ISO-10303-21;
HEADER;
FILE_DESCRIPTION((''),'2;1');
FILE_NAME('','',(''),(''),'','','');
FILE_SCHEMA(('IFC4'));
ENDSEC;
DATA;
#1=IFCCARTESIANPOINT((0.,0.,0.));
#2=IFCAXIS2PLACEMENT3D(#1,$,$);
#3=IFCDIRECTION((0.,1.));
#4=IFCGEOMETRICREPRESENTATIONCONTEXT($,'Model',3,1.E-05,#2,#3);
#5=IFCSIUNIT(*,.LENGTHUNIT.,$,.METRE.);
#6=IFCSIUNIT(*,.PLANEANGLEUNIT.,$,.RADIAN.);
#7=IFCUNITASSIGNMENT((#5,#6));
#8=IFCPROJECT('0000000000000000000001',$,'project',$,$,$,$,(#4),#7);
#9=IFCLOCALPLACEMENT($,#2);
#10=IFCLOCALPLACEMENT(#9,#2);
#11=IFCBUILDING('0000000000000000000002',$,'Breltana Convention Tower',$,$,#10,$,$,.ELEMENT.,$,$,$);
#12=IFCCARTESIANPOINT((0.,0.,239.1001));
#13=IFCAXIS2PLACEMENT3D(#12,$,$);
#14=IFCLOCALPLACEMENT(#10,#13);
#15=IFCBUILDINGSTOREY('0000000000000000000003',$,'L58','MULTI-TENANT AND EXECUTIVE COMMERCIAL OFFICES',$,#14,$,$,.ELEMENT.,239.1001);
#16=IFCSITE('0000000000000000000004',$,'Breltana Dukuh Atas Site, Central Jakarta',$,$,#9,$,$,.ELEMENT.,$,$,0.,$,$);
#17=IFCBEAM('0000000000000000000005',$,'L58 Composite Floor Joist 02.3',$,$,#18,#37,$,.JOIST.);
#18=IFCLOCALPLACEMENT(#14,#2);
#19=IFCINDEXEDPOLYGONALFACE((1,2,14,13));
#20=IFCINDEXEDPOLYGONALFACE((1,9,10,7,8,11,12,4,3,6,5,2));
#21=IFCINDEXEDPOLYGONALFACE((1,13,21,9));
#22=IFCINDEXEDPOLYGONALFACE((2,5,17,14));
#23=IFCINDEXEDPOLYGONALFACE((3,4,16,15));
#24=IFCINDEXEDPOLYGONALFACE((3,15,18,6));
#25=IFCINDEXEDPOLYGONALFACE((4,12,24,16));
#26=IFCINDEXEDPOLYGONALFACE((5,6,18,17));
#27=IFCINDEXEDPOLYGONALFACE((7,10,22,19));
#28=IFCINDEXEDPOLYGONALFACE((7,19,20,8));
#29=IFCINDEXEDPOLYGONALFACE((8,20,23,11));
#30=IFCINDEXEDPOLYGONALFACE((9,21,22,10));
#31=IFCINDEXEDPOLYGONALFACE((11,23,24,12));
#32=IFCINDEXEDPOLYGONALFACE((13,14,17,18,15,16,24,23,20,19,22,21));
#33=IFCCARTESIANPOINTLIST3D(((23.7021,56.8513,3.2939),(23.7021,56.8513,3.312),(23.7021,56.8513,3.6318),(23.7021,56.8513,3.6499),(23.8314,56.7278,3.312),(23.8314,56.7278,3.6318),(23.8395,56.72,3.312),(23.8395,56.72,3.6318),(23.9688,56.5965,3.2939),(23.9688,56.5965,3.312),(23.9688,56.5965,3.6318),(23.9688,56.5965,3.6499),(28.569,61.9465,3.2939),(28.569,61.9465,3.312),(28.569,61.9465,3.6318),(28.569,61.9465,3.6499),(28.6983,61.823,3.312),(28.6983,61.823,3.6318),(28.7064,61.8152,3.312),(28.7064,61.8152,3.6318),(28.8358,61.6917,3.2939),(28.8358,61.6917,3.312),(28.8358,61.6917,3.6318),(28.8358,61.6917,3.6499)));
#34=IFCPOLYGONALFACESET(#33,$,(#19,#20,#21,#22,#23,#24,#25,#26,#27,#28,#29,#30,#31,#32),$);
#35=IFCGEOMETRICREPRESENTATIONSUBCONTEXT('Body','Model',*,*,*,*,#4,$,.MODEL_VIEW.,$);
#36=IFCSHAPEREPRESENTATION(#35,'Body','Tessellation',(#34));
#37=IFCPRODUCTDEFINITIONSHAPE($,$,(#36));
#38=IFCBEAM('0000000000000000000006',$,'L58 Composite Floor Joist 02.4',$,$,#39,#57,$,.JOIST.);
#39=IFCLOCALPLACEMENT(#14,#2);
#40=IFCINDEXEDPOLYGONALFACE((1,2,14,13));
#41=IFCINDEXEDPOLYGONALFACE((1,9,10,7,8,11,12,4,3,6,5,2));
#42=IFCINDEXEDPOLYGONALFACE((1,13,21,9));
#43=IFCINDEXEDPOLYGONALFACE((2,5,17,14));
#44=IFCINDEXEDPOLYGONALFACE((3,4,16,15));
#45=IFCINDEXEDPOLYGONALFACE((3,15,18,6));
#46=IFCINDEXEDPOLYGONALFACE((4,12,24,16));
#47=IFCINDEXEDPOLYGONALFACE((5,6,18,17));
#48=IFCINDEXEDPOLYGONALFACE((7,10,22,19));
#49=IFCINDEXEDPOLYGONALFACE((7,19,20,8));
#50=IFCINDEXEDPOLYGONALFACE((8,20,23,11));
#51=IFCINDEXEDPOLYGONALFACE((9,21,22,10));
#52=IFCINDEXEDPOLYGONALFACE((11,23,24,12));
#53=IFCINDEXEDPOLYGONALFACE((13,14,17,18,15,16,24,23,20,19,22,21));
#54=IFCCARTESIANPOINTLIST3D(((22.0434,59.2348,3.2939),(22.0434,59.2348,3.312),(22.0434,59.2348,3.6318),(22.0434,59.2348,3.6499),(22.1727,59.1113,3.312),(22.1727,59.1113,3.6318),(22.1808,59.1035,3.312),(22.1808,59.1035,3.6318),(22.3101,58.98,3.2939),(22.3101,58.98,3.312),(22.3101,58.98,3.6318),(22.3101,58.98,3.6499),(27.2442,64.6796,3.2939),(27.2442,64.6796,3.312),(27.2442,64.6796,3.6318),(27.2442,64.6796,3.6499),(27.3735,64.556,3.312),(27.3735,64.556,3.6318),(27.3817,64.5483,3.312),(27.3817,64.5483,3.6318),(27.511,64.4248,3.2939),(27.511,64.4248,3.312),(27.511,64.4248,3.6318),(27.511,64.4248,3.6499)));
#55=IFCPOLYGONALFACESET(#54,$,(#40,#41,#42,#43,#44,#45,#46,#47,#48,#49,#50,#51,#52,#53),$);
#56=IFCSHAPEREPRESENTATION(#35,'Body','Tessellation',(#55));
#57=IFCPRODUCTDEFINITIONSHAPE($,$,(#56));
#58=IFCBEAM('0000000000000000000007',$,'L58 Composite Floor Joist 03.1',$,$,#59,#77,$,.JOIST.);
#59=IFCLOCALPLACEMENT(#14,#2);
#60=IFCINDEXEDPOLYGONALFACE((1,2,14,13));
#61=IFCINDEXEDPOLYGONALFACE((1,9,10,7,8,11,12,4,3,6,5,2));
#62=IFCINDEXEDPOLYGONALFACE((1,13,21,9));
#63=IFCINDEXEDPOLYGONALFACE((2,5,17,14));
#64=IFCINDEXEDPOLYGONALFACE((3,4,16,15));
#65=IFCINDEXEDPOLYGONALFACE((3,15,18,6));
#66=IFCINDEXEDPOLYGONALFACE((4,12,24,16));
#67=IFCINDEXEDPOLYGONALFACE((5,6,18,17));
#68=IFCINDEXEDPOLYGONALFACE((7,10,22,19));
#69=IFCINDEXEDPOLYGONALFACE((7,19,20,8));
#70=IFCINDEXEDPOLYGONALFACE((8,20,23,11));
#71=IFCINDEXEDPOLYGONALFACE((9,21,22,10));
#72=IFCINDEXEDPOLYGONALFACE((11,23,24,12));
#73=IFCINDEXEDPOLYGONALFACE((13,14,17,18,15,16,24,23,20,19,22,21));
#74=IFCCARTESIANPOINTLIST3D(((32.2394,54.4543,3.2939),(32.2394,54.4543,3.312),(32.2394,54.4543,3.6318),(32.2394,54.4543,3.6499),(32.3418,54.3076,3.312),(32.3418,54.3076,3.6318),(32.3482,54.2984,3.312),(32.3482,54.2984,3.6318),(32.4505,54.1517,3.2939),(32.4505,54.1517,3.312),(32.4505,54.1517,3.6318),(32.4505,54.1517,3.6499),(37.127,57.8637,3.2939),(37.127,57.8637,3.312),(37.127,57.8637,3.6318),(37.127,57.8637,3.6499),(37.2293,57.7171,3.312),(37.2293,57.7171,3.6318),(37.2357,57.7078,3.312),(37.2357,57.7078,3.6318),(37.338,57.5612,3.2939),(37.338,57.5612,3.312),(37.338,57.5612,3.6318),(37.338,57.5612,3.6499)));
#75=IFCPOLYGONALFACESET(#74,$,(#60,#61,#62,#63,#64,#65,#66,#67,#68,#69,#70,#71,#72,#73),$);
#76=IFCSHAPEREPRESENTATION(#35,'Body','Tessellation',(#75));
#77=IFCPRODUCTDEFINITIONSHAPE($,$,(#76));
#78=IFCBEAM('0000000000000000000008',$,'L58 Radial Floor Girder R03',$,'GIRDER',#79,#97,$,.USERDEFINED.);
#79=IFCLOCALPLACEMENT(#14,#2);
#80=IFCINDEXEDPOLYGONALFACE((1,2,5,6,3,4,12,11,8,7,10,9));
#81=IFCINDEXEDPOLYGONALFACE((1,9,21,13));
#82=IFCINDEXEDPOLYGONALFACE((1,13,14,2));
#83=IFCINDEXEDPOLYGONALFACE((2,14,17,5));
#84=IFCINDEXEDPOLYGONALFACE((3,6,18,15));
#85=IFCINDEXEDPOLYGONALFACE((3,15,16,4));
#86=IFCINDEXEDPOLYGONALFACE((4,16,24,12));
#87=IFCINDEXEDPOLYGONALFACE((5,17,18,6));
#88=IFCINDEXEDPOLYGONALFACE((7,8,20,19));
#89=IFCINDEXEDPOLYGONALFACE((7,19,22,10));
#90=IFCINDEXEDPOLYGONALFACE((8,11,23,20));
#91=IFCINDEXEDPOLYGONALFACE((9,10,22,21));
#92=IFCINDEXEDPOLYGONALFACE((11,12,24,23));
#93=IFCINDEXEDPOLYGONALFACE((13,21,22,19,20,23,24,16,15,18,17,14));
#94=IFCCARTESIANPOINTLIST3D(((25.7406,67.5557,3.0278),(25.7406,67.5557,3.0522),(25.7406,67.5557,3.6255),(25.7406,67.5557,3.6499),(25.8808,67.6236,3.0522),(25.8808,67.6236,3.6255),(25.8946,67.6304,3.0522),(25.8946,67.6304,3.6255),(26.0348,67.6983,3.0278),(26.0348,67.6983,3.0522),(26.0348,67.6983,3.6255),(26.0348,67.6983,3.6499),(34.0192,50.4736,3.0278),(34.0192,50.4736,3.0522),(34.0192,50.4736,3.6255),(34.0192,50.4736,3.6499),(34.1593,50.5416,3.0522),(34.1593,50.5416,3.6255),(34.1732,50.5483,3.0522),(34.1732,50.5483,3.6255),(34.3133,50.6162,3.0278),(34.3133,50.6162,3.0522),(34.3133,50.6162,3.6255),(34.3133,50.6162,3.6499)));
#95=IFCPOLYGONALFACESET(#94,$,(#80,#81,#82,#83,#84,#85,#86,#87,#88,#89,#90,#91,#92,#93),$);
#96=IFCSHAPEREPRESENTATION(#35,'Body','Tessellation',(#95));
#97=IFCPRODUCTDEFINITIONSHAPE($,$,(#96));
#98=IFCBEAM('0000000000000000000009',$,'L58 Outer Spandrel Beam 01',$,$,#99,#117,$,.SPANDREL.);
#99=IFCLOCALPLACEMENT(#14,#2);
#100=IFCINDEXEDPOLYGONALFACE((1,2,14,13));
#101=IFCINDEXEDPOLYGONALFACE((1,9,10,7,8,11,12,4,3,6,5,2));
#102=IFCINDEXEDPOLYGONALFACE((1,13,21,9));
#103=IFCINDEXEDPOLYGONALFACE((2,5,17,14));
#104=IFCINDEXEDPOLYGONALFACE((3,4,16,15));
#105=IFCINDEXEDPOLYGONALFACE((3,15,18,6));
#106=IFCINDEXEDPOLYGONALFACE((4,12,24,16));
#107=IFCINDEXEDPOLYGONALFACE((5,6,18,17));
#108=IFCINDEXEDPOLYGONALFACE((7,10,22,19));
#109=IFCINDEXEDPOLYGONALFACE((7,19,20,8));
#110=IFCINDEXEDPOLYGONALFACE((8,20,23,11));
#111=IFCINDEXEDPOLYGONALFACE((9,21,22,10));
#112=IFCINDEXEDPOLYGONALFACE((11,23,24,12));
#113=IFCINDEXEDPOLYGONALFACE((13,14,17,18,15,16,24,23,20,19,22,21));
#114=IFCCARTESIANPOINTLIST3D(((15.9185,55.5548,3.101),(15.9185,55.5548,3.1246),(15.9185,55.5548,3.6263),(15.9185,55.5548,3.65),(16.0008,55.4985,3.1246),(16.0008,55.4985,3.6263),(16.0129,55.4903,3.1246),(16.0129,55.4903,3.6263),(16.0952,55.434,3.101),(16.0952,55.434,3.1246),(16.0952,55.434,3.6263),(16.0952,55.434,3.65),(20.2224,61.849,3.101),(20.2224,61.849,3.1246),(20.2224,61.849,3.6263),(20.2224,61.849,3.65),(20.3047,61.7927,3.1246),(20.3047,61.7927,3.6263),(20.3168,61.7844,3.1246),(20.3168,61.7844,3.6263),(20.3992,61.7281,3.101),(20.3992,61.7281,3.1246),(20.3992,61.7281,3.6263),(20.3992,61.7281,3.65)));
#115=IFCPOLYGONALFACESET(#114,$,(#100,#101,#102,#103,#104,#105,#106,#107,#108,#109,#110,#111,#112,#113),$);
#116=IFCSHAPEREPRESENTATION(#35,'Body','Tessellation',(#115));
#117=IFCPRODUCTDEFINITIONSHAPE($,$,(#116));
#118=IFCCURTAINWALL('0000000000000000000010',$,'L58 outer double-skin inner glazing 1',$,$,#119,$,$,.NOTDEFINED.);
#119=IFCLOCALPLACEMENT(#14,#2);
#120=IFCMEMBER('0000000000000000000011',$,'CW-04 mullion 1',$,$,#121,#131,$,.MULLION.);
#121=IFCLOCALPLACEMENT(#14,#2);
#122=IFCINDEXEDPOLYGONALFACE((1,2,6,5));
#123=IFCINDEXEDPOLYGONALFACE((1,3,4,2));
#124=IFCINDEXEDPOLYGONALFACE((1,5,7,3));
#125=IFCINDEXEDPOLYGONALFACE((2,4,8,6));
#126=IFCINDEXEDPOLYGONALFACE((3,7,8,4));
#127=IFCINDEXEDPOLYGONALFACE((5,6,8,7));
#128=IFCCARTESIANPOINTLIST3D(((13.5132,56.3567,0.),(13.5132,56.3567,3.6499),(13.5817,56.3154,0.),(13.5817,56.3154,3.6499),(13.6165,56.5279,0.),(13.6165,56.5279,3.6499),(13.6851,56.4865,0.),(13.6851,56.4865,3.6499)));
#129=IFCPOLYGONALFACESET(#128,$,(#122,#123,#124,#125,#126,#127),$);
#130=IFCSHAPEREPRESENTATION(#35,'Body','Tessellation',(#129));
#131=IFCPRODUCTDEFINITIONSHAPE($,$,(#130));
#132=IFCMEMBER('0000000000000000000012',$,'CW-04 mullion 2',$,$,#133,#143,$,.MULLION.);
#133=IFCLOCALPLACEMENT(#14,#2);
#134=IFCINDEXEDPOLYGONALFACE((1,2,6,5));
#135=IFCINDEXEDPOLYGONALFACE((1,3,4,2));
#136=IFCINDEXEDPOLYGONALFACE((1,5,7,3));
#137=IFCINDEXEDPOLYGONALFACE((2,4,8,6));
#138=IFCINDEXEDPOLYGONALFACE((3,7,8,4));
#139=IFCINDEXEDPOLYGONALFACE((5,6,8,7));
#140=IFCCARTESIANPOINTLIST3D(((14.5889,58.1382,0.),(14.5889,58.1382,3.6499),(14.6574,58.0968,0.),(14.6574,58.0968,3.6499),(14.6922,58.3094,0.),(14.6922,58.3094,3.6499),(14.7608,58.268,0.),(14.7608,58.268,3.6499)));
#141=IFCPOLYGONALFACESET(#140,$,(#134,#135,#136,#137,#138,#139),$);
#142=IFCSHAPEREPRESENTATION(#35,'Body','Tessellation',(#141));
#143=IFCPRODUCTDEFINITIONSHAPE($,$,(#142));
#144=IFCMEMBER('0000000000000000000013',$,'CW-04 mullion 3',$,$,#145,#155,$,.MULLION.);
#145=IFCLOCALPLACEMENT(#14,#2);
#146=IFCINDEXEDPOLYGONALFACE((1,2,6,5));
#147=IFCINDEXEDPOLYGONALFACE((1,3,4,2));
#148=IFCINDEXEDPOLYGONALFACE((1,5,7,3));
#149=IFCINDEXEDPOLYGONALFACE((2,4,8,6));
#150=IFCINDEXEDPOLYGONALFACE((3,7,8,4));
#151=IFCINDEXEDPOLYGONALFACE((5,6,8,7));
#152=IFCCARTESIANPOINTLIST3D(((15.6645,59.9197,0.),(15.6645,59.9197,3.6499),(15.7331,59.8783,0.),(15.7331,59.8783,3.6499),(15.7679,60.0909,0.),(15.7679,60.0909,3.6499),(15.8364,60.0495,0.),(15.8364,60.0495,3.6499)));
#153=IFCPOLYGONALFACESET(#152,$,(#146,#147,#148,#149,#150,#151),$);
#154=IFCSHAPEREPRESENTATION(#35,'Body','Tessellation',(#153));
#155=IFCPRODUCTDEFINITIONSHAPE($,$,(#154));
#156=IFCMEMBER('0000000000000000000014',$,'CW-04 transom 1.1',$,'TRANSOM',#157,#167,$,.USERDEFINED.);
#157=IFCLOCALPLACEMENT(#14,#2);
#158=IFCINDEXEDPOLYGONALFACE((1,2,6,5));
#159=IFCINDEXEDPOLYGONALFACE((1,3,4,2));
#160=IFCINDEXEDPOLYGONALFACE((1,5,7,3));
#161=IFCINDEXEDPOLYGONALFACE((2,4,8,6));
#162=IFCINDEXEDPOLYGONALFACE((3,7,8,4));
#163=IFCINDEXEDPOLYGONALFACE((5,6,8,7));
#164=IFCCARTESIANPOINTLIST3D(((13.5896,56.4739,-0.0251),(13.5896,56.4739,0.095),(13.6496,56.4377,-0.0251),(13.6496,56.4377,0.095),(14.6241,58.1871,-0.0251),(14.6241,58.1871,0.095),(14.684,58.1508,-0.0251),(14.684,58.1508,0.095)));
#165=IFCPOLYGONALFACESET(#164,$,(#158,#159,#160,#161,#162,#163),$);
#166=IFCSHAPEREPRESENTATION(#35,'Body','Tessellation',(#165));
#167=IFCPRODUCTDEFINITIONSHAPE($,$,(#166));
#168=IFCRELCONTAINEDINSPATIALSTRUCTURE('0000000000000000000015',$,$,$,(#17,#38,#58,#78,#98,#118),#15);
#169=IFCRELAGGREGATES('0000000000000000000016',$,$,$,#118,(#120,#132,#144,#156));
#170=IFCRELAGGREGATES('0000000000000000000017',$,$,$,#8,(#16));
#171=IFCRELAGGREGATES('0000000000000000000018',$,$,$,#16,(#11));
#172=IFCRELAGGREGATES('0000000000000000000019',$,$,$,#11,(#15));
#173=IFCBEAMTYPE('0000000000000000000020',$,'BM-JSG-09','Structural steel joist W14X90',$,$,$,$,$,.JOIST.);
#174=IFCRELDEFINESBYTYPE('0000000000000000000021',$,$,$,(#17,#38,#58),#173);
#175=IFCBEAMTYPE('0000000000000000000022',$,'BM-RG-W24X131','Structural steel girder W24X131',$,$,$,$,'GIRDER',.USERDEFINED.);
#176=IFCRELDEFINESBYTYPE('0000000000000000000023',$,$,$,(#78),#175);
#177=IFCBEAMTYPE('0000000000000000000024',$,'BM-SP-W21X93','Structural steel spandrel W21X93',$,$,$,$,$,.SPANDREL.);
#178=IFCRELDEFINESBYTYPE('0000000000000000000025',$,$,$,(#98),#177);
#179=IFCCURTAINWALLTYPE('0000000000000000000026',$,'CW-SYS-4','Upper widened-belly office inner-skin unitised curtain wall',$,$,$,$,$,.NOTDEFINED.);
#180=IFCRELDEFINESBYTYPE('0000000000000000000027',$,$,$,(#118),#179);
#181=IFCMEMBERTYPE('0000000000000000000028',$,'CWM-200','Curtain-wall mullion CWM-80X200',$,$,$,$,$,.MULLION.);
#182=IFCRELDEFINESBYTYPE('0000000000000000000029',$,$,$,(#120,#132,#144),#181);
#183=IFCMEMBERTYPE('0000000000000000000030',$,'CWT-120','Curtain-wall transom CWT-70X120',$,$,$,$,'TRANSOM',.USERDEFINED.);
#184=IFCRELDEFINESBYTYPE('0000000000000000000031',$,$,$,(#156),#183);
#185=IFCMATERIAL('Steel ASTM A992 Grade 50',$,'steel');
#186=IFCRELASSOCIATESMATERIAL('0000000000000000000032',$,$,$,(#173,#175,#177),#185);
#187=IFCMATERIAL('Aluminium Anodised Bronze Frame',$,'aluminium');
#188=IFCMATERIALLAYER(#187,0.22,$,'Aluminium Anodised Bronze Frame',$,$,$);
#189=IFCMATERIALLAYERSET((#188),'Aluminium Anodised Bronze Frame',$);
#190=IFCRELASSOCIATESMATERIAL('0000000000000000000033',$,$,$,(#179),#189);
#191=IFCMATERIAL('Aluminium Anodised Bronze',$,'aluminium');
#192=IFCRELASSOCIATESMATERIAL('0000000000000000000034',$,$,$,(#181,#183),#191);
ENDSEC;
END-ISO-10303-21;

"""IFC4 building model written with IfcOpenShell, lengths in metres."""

from ifc_helpers import new_model, si_unit, direction, frame, origin, origin_2d, place, context, subcontext, project, spatial, rectangle, i_section, extrude, source, transform, mapped, material, layer, layer_set, material_profile, profile_set, type_object, type_shapes, element, aggregate, save


model = new_model("IFC4")

# Units and contexts
model_context = context("Model", 3, precision=1e-05, world=origin(), true_north=direction((0.0, 1.0)))
body_context = subcontext(model_context, "Body", "Model", "MODEL_VIEW")
ifc_project = project(units=[si_unit("LENGTHUNIT", "METRE"), si_unit("PLANEANGLEUNIT", "RADIAN")], contexts=[model_context])

# Site, building, storey
site_placement = place(None, origin())
site = spatial("IfcSite", under=ifc_project, at=site_placement, Name="Breltana Dukuh Atas Site, Central Jakarta", CompositionType="ELEMENT", RefElevation=0.0)
building_placement = place(site_placement, origin())
building = spatial("IfcBuilding", under=site, at=building_placement, Name="Breltana Convention Tower", CompositionType="ELEMENT")
storey_placement = place(building_placement, frame((0.0, 0.0, 239.1001)))
storey = spatial("IfcBuildingStorey", under=building, at=storey_placement, Name="L58", Description="MULTI-TENANT AND EXECUTIVE COMMERCIAL OFFICES", CompositionType="ELEMENT", Elevation=239.1001)

# Shared definitions
ifc_material_1 = material(Name="Steel ASTM A992 Grade 50", Category="steel")

# Beams
ifc_material_profile_1 = material_profile(ifc_material_1, i_section(OverallWidth=0.3689, OverallDepth=0.356, WebThickness=0.0112, FlangeThickness=0.0181, at=origin_2d()), Name="W14X90")
ifc_profile_set_1 = profile_set([ifc_material_profile_1], Name="Steel ASTM A992 Grade 50")
beam_type_1 = type_object("IfcBeamType", Name="BM-JSG-09", Description="Structural steel joist W14X90", PredefinedType="JOIST", material=ifc_profile_set_1)
shared_shape_1 = source(origin(), body_context, "Body", "SweptSolid", [
    extrude(i_section(OverallWidth=0.3689, OverallDepth=0.356, WebThickness=0.0112, FlangeThickness=0.0181, at=origin_2d()), origin(), (0.0, 0.0, 1.0), 7.0461),
])
beam_1_placement = place(storey_placement, frame((23.8354, 56.7239, 3.4719), z_axis=(0.690723, 0.72312, 0.0), x_axis=(-0.72312, 0.690723, 0.0)))
element("IfcBeam", 1, at=beam_1_placement, inside=storey, type_object=beam_type_1, Name="L58 Composite Floor Joist 02.3", PredefinedType="JOIST", context=body_context, shape_type="MappedRepresentation", body=[
    mapped(shared_shape_1, transform((0.0, 0.0, 0.0), scale=1.0)),
])
shared_shape_2 = source(origin(), body_context, "Body", "SweptSolid", [
    extrude(i_section(OverallWidth=0.3689, OverallDepth=0.356, WebThickness=0.0112, FlangeThickness=0.0181, at=origin_2d()), origin(), (0.0, 0.0, 1.0), 7.5295),
])
beam_2_placement = place(storey_placement, frame((22.1768, 59.1074, 3.4719), z_axis=(0.690726, 0.723117, 0.0), x_axis=(-0.723117, 0.690726, 0.0)))
element("IfcBeam", 2, at=beam_2_placement, inside=storey, type_object=beam_type_1, Name="L58 Composite Floor Joist 02.4", PredefinedType="JOIST", context=body_context, shape_type="MappedRepresentation", body=[
    mapped(shared_shape_2, transform((0.0, 0.0, 0.0), scale=1.0)),
])
shared_shape_3 = source(origin(), body_context, "Body", "SweptSolid", [
    extrude(i_section(OverallWidth=0.3689, OverallDepth=0.356, WebThickness=0.0112, FlangeThickness=0.0181, at=origin_2d()), origin(), (0.0, 0.0, 1.0), 5.9592),
])
beam_3_placement = place(storey_placement, frame((32.345, 54.303, 3.4719), z_axis=(0.82016, 0.572134, 0.0), x_axis=(-0.572134, 0.82016, 0.0)))
element("IfcBeam", 3, at=beam_3_placement, inside=storey, type_object=beam_type_1, Name="L58 Composite Floor Joist 03.1", PredefinedType="JOIST", context=body_context, shape_type="MappedRepresentation", body=[
    mapped(shared_shape_3, transform((0.0, 0.0, 0.0), scale=1.0)),
])
ifc_material_profile_2 = material_profile(ifc_material_1, i_section(OverallWidth=0.3269, OverallDepth=0.6221, WebThickness=0.0154, FlangeThickness=0.0244, at=origin_2d()), Name="W24X131")
ifc_profile_set_2 = profile_set([ifc_material_profile_2], Name="Steel ASTM A992 Grade 50")
beam_type_2 = type_object("IfcBeamType", Name="BM-RG-W24X131", Description="Structural steel girder W24X131", ElementType="GIRDER", PredefinedType="USERDEFINED", material=ifc_profile_set_2)
shared_shape_4 = source(origin(), body_context, "Body", "SweptSolid", [
    extrude(i_section(OverallWidth=0.3269, OverallDepth=0.6221, WebThickness=0.0154, FlangeThickness=0.0244, at=origin_2d()), origin(), (0.0, 0.0, 1.0), 18.9824),
])
beam_4_placement = place(storey_placement, frame((34.1663, 50.5449, 3.3389), z_axis=(-0.436119, 0.899889, 0.0), x_axis=(-0.899889, -0.436119, 0.0)))
element("IfcBeam", 4, at=beam_4_placement, inside=storey, type_object=beam_type_2, Name="L58 Radial Floor Girder R03", ObjectType="GIRDER", PredefinedType="USERDEFINED", context=body_context, shape_type="MappedRepresentation", body=[
    mapped(shared_shape_4, transform((0.0, 0.0, 0.0), scale=1.0)),
])
ifc_material_profile_3 = material_profile(ifc_material_1, i_section(OverallWidth=0.2141, OverallDepth=0.5491, WebThickness=0.0146, FlangeThickness=0.0237, at=origin_2d()), Name="W21X93")
ifc_profile_set_3 = profile_set([ifc_material_profile_3], Name="Steel ASTM A992 Grade 50")
beam_type_3 = type_object("IfcBeamType", Name="BM-SP-W21X93", Description="Structural steel spandrel W21X93", PredefinedType="SPANDREL", material=ifc_profile_set_3)
shared_shape_5 = source(origin(), body_context, "Body", "SweptSolid", [
    extrude(i_section(OverallWidth=0.2141, OverallDepth=0.5491, WebThickness=0.0146, FlangeThickness=0.0237, at=origin_2d()), origin(), (0.0, 0.0, 1.0), 7.625),
])
type_shapes(beam_type_3, [shared_shape_5])
beam_5_placement = place(storey_placement, frame((16.0068, 55.4944, 3.3755), z_axis=(0.564452, 0.825466, 0.0), x_axis=(-0.825466, 0.564452, 0.0)))
element("IfcBeam", 5, at=beam_5_placement, inside=storey, type_object=beam_type_3, Name="L58 Outer Spandrel Beam 01", PredefinedType="SPANDREL", context=body_context, shape_type="MappedRepresentation", body=[
    mapped(shared_shape_5, transform((0.0, 0.0, 0.0), scale=1.0)),
])

# Curtain wall, members
ifc_material_2 = material(Name="Aluminium Anodised Bronze Frame", Category="aluminium")
ifc_layer_1 = layer(ifc_material_2, 0.22, Name="Aluminium Anodised Bronze Frame")
ifc_layer_set_1 = layer_set([ifc_layer_1], Name="Aluminium Anodised Bronze Frame")
curtain_wall_type = type_object("IfcCurtainWallType", Name="CW-SYS-4", Description="Upper widened-belly office inner-skin unitised curtain wall", PredefinedType="NOTDEFINED", material=ifc_layer_set_1)
curtain_wall_placement = place(storey_placement, origin())
curtain_wall = element("IfcCurtainWall", 6, at=curtain_wall_placement, inside=storey, type_object=curtain_wall_type, Name="L58 outer double-skin inner glazing 1", PredefinedType="NOTDEFINED")
ifc_material_3 = material(Name="Aluminium Anodised Bronze", Category="aluminium")
ifc_material_profile_4 = material_profile(ifc_material_3, rectangle(XDim=0.0801, YDim=0.2, at=origin_2d()), Name="CWM-80X200")
ifc_profile_set_4 = profile_set([ifc_material_profile_4], Name="Aluminium Anodised Bronze")
member_type_1 = type_object("IfcMemberType", Name="CWM-200", Description="Curtain-wall mullion CWM-80X200", PredefinedType="MULLION", material=ifc_profile_set_4)
shared_shape_6 = source(origin(), body_context, "Body", "SweptSolid", [
    extrude(rectangle(XDim=0.0801, YDim=0.2, at=origin_2d()), origin(), (0.0, 0.0, 1.0), 3.6499),
])
member_1_placement = place(storey_placement, frame((13.5991, 56.4216, 0.0), z_axis=(0.0, 0.0, 1.0), x_axis=(-0.856061, 0.516875, 0.0)))
member_1 = element("IfcMember", 7, at=member_1_placement, type_object=member_type_1, Name="CW-04 mullion 1", PredefinedType="MULLION", context=body_context, shape_type="MappedRepresentation", body=[
    mapped(shared_shape_6, transform((0.0, 0.0, 0.0), scale=1.0)),
])
member_2_placement = place(storey_placement, frame((14.6748, 58.2031, 0.0), z_axis=(0.0, 0.0, 1.0), x_axis=(-0.856061, 0.516875, 0.0)))
member_2 = element("IfcMember", 8, at=member_2_placement, type_object=member_type_1, Name="CW-04 mullion 2", PredefinedType="MULLION", context=body_context, shape_type="MappedRepresentation", body=[
    mapped(shared_shape_6, transform((0.0, 0.0, 0.0), scale=1.0)),
])
member_3_placement = place(storey_placement, frame((15.7505, 59.9846, 0.0), z_axis=(0.0, 0.0, 1.0), x_axis=(-0.856061, 0.516875, 0.0)))
member_3 = element("IfcMember", 9, at=member_3_placement, type_object=member_type_1, Name="CW-04 mullion 3", PredefinedType="MULLION", context=body_context, shape_type="MappedRepresentation", body=[
    mapped(shared_shape_6, transform((0.0, 0.0, 0.0), scale=1.0)),
])
ifc_material_profile_5 = material_profile(ifc_material_3, rectangle(XDim=0.0701, YDim=0.1201, at=origin_2d()), Name="CWT-70X120")
ifc_profile_set_5 = profile_set([ifc_material_profile_5], Name="Aluminium Anodised Bronze")
member_type_2 = type_object("IfcMemberType", Name="CWT-120", Description="Curtain-wall transom CWT-70X120", ElementType="TRANSOM", PredefinedType="USERDEFINED", material=ifc_profile_set_5)
shared_shape_7 = source(origin(), body_context, "Body", "SweptSolid", [
    extrude(rectangle(XDim=0.0701, YDim=0.1201, at=origin_2d()), origin(), (0.0, 0.0, 1.0), 2.0012),
])
member_4_placement = place(storey_placement, frame((13.6196, 56.4558, 0.0349), z_axis=(0.516898, 0.856047, 0.0), x_axis=(-0.856047, 0.516898, 0.0)))
member_4 = element("IfcMember", 10, at=member_4_placement, type_object=member_type_2, Name="CW-04 transom 1.1", ObjectType="TRANSOM", PredefinedType="USERDEFINED", context=body_context, shape_type="MappedRepresentation", body=[
    mapped(shared_shape_7, transform((0.0, 0.0, 0.0), scale=1.0)),
])
aggregate(curtain_wall, [member_1, member_2, member_3, member_4])

save(model, "model.ifc")
